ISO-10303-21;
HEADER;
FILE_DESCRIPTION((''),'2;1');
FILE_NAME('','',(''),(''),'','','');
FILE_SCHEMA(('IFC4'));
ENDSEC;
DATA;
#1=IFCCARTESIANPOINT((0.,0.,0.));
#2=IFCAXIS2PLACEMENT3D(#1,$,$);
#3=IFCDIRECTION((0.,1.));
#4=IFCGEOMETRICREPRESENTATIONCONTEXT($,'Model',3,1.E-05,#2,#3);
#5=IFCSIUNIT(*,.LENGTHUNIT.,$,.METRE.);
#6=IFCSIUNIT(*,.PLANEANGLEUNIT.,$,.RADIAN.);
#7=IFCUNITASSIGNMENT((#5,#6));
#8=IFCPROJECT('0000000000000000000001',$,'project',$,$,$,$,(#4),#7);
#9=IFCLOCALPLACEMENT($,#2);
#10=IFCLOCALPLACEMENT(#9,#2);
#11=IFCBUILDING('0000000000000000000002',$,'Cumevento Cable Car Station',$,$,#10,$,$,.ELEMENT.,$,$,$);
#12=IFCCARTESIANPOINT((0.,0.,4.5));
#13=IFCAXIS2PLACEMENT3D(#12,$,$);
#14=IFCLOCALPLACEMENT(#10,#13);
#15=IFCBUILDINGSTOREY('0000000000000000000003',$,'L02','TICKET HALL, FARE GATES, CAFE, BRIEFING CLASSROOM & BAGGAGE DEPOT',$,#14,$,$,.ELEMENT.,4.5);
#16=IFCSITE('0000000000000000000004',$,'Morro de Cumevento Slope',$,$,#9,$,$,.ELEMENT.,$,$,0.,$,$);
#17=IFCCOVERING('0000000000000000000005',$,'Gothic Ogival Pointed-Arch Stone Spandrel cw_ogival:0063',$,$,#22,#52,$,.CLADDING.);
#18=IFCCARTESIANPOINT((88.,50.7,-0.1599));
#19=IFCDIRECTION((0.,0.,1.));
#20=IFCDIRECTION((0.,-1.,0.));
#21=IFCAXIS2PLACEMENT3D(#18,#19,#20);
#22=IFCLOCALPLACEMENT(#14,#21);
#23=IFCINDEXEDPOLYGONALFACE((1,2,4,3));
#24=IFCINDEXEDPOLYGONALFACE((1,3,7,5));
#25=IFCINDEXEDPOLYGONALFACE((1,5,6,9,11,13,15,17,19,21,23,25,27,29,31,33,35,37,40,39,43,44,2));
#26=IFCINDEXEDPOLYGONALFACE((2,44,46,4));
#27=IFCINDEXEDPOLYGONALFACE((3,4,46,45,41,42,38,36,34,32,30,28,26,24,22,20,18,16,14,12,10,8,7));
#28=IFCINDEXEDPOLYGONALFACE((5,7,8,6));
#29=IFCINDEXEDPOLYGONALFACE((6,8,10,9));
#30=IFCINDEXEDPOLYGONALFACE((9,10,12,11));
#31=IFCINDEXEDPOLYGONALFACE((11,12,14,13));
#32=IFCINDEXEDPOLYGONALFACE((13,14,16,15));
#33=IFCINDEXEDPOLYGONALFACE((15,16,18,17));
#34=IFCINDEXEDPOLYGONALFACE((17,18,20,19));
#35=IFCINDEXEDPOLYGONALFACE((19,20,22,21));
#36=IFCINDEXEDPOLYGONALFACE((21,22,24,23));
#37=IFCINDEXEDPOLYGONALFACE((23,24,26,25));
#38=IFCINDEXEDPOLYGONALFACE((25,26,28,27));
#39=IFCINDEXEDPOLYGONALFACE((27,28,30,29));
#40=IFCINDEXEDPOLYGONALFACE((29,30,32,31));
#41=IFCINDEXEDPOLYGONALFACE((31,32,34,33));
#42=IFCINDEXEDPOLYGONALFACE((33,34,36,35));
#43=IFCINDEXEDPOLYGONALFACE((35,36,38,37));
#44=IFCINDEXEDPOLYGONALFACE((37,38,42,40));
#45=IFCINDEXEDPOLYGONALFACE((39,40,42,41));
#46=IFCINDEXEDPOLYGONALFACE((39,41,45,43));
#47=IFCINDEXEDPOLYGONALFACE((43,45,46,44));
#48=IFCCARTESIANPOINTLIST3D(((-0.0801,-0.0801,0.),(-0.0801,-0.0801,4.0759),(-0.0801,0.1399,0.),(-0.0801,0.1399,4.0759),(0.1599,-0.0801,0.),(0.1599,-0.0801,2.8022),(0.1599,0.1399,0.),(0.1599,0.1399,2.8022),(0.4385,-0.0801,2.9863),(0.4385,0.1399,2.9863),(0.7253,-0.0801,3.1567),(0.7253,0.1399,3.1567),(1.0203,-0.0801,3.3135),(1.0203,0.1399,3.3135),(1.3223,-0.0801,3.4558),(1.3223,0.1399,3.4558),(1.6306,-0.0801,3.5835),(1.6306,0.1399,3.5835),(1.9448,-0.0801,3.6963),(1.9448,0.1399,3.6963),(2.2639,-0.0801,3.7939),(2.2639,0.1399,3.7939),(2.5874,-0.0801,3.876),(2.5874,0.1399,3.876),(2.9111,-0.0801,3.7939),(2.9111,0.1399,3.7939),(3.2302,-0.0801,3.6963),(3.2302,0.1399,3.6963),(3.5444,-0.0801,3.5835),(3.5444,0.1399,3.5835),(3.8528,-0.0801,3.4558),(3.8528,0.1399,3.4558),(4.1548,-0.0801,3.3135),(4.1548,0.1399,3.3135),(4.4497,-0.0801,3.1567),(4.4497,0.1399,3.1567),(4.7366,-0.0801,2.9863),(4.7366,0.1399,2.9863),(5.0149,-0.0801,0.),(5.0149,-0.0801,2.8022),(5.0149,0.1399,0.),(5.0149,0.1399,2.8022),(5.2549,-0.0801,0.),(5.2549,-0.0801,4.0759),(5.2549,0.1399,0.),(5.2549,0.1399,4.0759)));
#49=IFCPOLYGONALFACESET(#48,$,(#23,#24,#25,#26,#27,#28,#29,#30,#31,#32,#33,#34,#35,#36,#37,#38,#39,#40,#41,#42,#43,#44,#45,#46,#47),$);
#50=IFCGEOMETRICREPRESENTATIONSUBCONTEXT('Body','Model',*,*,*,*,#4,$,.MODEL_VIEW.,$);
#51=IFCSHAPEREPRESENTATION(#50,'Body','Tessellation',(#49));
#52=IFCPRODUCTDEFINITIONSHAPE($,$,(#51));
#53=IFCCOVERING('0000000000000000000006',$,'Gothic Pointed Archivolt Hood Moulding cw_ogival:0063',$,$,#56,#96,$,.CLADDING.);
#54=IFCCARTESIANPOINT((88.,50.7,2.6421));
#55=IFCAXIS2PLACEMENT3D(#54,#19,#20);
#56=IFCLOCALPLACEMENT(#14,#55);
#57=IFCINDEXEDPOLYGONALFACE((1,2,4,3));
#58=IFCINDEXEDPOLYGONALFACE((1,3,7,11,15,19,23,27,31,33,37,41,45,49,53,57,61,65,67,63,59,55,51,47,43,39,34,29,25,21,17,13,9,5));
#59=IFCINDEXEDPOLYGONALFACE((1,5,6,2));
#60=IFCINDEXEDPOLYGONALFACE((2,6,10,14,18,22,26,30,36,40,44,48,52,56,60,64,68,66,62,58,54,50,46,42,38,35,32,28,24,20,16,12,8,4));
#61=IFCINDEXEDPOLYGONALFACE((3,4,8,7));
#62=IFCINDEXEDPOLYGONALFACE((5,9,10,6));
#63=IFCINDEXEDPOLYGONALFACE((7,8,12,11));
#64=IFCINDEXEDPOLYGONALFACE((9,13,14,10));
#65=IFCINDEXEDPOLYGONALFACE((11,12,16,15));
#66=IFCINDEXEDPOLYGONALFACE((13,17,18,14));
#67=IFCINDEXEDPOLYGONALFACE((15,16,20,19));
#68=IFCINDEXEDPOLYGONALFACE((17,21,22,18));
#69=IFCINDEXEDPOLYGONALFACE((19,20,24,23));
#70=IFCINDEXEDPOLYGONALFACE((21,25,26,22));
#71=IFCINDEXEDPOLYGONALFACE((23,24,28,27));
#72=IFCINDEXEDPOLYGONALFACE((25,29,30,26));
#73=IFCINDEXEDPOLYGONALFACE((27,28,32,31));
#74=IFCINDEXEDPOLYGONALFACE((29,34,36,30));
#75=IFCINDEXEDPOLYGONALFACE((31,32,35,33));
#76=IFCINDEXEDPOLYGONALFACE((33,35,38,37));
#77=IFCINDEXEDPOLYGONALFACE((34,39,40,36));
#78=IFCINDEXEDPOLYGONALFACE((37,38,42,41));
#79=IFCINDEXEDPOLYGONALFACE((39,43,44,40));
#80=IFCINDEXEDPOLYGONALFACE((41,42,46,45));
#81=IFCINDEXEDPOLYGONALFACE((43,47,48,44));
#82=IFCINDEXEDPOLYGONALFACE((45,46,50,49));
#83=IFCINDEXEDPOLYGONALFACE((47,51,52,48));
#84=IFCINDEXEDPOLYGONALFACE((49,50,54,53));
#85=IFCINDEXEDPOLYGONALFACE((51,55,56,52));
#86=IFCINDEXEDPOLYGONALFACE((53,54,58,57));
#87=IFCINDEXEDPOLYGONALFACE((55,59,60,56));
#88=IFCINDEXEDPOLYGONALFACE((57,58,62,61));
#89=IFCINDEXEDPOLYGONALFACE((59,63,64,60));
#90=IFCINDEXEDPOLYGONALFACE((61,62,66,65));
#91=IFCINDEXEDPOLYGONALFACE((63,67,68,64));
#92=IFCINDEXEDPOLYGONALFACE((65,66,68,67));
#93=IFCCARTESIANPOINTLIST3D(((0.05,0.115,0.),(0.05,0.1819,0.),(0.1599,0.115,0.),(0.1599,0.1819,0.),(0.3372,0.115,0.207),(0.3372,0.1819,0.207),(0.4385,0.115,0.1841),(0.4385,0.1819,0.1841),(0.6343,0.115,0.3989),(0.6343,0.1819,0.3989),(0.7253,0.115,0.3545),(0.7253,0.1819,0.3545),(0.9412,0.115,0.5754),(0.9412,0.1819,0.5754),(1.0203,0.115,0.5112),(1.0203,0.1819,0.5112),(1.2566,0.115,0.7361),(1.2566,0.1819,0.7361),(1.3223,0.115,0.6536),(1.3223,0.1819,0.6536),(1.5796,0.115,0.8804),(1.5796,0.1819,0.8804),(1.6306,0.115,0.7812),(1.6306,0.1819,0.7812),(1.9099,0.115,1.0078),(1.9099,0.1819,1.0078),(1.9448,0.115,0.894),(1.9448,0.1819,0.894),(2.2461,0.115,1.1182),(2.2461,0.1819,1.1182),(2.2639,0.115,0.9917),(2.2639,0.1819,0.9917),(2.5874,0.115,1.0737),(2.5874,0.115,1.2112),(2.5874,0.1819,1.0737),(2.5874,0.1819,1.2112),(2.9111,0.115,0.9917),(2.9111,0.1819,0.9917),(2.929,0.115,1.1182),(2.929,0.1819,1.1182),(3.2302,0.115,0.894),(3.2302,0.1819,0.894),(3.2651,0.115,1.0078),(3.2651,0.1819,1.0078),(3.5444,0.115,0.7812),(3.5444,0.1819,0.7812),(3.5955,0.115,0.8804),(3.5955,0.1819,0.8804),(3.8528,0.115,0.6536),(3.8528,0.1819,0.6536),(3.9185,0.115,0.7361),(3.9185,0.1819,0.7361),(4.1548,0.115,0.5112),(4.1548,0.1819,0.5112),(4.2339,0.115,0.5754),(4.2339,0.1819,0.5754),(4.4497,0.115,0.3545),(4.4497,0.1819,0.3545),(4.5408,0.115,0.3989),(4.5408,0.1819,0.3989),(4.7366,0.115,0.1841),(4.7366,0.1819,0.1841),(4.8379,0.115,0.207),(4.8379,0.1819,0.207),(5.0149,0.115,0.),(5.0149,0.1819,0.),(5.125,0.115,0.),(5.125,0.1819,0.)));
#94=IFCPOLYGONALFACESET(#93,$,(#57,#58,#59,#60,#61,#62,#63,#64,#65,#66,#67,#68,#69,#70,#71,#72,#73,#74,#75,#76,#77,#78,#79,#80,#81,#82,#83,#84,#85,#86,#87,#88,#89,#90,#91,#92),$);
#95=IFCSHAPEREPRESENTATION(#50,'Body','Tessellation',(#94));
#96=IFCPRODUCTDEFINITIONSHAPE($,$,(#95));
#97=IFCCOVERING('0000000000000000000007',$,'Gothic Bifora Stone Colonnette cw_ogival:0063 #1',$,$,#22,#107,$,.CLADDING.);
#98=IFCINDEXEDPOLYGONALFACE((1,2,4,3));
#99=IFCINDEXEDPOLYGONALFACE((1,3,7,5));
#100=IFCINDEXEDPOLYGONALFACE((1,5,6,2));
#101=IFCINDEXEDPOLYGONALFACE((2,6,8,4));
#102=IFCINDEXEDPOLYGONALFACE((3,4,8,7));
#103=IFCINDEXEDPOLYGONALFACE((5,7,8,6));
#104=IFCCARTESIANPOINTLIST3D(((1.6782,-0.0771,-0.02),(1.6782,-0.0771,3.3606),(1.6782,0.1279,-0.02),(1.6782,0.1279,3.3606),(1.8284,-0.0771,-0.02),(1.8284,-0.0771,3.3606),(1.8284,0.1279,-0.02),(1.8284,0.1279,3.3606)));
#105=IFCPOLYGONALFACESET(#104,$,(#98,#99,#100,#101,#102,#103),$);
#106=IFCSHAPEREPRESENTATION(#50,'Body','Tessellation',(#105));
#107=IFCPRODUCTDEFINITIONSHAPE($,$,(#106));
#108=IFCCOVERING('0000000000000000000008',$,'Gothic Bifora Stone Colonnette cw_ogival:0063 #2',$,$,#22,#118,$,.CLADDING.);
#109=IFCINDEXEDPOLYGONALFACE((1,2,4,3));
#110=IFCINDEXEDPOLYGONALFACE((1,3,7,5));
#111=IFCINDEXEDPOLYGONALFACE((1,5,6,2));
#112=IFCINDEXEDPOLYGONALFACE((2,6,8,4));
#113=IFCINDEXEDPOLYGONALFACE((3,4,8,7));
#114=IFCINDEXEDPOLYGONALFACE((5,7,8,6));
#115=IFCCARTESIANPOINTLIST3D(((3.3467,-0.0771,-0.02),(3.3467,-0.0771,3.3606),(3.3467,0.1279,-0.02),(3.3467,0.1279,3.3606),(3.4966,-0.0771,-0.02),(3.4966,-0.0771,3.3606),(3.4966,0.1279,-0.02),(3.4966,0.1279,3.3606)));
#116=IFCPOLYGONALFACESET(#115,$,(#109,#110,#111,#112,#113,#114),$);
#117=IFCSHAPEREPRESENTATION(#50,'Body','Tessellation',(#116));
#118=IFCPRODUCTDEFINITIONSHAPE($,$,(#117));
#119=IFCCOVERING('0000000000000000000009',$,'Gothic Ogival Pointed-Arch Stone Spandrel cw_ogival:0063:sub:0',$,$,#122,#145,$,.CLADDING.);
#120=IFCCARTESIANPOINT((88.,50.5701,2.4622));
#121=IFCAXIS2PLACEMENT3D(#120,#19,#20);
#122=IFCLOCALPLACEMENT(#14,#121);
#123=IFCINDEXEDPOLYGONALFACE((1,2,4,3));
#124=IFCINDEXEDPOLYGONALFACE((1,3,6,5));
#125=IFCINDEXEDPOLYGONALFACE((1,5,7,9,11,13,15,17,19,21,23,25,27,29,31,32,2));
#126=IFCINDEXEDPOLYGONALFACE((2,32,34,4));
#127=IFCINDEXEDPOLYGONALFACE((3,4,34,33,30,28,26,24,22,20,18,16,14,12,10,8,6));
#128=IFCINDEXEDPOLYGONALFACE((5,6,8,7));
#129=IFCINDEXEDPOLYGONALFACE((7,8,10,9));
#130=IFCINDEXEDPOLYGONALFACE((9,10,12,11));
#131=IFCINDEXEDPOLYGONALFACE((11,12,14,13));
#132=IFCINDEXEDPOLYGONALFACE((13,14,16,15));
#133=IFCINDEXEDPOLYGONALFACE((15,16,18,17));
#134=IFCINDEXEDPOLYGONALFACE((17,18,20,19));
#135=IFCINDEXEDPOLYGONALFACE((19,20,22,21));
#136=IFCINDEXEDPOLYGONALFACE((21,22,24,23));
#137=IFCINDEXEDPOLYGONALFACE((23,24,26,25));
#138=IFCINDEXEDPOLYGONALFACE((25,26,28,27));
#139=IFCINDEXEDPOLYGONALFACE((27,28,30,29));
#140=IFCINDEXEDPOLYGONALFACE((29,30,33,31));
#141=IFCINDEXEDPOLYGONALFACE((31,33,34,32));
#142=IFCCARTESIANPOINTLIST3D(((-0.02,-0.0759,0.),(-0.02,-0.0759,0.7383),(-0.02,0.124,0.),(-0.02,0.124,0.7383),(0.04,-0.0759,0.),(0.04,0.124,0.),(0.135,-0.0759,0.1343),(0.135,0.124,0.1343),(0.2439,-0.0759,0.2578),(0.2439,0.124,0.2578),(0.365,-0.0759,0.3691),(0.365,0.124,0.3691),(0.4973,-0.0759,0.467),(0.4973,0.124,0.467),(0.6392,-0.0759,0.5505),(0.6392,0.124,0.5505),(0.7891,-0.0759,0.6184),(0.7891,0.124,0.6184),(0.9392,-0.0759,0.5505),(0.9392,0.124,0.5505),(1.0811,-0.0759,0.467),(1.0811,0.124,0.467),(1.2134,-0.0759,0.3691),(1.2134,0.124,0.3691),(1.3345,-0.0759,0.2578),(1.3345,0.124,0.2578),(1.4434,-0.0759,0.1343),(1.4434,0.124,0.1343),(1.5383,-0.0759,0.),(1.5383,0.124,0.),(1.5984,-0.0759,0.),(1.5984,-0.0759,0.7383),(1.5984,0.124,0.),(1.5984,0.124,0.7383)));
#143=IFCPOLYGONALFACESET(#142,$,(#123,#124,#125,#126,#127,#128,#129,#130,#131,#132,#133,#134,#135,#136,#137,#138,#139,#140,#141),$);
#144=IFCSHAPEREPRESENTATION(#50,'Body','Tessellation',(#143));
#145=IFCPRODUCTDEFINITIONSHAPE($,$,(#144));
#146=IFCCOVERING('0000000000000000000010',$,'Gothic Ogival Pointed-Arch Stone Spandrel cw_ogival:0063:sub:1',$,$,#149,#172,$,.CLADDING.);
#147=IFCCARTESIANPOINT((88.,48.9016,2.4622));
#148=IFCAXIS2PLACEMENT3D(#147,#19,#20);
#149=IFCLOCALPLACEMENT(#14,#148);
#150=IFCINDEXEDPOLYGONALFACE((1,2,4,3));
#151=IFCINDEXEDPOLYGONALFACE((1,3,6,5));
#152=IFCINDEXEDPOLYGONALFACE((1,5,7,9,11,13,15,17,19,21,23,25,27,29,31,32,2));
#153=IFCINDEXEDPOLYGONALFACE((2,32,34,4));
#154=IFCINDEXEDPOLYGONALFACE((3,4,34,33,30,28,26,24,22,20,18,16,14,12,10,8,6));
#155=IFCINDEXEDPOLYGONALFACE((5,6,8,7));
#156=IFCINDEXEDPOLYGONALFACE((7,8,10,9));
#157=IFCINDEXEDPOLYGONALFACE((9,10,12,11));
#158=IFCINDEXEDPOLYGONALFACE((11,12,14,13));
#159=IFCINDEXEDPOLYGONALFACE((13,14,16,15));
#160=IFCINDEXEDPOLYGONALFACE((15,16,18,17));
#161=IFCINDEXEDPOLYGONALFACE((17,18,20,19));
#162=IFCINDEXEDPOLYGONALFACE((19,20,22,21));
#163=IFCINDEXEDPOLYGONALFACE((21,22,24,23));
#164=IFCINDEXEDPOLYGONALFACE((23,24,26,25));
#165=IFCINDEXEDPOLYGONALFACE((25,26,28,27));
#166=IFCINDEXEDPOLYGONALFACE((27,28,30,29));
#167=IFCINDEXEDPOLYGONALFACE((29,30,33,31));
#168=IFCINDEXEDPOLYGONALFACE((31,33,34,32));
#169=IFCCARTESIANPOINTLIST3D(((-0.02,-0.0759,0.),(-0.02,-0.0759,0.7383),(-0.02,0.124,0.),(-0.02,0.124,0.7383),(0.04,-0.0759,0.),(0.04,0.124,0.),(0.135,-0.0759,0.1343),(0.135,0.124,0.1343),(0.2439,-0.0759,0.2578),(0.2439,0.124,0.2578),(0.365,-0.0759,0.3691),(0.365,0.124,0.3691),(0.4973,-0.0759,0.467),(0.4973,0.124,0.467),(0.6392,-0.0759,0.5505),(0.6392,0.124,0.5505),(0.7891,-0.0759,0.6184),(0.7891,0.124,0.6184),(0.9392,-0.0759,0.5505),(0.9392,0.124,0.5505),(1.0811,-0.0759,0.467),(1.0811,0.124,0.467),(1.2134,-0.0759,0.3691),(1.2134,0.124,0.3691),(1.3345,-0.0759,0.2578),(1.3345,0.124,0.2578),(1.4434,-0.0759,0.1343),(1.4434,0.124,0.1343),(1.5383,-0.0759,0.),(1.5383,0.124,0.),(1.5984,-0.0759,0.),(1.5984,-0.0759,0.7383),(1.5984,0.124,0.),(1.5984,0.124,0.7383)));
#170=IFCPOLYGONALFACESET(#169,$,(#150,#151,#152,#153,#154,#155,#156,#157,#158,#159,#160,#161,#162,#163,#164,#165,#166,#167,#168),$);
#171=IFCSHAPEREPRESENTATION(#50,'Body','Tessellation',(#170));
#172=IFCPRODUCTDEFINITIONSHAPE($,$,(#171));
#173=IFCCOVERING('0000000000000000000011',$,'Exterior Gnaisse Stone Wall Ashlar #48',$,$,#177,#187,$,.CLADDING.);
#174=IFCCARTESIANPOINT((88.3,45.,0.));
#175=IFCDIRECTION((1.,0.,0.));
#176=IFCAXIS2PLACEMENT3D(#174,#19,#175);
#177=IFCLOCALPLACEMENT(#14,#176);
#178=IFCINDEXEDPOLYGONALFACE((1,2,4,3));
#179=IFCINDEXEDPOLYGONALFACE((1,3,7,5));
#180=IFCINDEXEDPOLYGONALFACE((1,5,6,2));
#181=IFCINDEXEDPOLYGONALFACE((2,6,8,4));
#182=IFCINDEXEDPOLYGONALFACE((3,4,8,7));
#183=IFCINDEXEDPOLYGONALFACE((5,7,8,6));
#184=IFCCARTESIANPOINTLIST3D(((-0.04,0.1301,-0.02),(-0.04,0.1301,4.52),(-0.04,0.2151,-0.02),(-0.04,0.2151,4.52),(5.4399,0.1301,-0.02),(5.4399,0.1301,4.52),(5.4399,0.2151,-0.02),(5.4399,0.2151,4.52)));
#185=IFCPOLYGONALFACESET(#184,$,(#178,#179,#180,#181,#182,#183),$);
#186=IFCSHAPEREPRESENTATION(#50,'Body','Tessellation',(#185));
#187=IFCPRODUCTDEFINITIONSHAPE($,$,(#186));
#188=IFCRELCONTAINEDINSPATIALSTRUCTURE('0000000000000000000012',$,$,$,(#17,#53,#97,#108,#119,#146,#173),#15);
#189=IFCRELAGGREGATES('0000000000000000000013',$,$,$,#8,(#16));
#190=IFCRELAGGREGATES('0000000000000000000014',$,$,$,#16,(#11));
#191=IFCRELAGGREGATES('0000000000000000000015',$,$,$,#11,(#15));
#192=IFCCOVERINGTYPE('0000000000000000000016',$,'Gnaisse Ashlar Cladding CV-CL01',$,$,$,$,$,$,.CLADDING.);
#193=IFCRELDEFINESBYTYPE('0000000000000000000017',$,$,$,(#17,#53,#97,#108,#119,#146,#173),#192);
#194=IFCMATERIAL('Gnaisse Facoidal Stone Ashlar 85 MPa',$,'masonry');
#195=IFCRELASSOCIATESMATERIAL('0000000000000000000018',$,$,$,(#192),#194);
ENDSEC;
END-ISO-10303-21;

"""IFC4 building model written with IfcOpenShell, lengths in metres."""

from ifc_helpers import new_model, si_unit, direction, frame, origin, place, context, subcontext, project, spatial, polyline, outline, extrude, material, type_object, element, save


model = new_model("IFC4")

# Units and contexts
model_context = context("Model", 3, precision=1e-05, world=origin(), true_north=direction((0.0, 1.0)))
body_context = subcontext(model_context, "Body", "Model", "MODEL_VIEW")
ifc_project = project(units=[si_unit("LENGTHUNIT", "METRE"), si_unit("PLANEANGLEUNIT", "RADIAN")], contexts=[model_context])

# Site, building, storey
site_placement = place(None, origin())
site = spatial("IfcSite", under=ifc_project, at=site_placement, Name="Morro de Cumevento Slope", CompositionType="ELEMENT", RefElevation=0.0)
building_placement = place(site_placement, origin())
building = spatial("IfcBuilding", under=site, at=building_placement, Name="Cumevento Cable Car Station", CompositionType="ELEMENT")
storey_placement = place(building_placement, frame((0.0, 0.0, 4.5)))
storey = spatial("IfcBuildingStorey", under=building, at=storey_placement, Name="L02", Description="TICKET HALL, FARE GATES, CAFE, BRIEFING CLASSROOM & BAGGAGE DEPOT", CompositionType="ELEMENT", Elevation=4.5)

# Coverings
ifc_material_1 = material(Name="Gnaisse Facoidal Stone Ashlar 85 MPa", Category="masonry")
covering_type = type_object("IfcCoveringType", Name="Gnaisse Ashlar Cladding CV-CL01", PredefinedType="CLADDING", material=ifc_material_1)
placement_1 = place(storey_placement, frame((88.0, 50.7, -0.1599), z_axis=(0.0, 0.0, 1.0), x_axis=(0.0, -1.0, 0.0)))
element("IfcCovering", 1, at=placement_1, inside=storey, type_object=covering_type, Name="Gothic Ogival Pointed-Arch Stone Spandrel cw_ogival:0063", PredefinedType="CLADDING", context=body_context, shape_type="SweptSolid", body=[
    extrude(outline(polyline([(-0.0801, 0.0), (-0.0801, 4.0759), (5.2549, 4.0759), (5.2549, 0.0), (5.0149, 0.0), (5.0149, 2.8022), (4.7366, 2.9863), (4.4497, 3.1567), (4.1548, 3.3135), (3.8528, 3.4558), (3.5444, 3.5835), (3.2302, 3.6963), (2.9111, 3.7939), (2.5874, 3.876), (2.2639, 3.7939), (1.9448, 3.6963), (1.6306, 3.5835), (1.3223, 3.4558), (1.0203, 3.3135), (0.7253, 3.1567), (0.4385, 2.9863), (0.1599, 2.8022), (0.1599, 0.0), (-0.0801, 0.0)])), frame((0.0, 0.1399, 0.0), z_axis=(0.0, -1.0, 0.0), x_axis=(1.0, 0.0, 0.0)), (0.0, 0.0, 1.0), 0.22),
])
covering_1_placement = place(storey_placement, frame((88.0, 50.7, 2.6421), z_axis=(0.0, 0.0, 1.0), x_axis=(0.0, -1.0, 0.0)))
element("IfcCovering", 2, at=covering_1_placement, inside=storey, type_object=covering_type, Name="Gothic Pointed Archivolt Hood Moulding cw_ogival:0063", PredefinedType="CLADDING", context=body_context, shape_type="SweptSolid", body=[
    extrude(outline(polyline([(0.1599, 0.0), (0.4385, 0.1841), (0.7253, 0.3545), (1.0203, 0.5112), (1.3223, 0.6536), (1.6306, 0.7812), (1.9448, 0.894), (2.2639, 0.9917), (2.5874, 1.0737), (2.9111, 0.9917), (3.2302, 0.894), (3.5444, 0.7812), (3.8528, 0.6536), (4.1548, 0.5112), (4.4497, 0.3545), (4.7366, 0.1841), (5.0149, 0.0), (5.125, 0.0), (4.8379, 0.207), (4.5408, 0.3989), (4.2339, 0.5754), (3.9185, 0.7361), (3.5955, 0.8804), (3.2651, 1.0078), (2.929, 1.1182), (2.5874, 1.2112), (2.2461, 1.1182), (1.9099, 1.0078), (1.5796, 0.8804), (1.2566, 0.7361), (0.9412, 0.5754), (0.6343, 0.3989), (0.3372, 0.207), (0.05, 0.0), (0.1599, 0.0)])), frame((0.0, 0.1819, 0.0), z_axis=(0.0, -1.0, 0.0), x_axis=(1.0, 0.0, 0.0)), (0.0, 0.0, 1.0), 0.0669),
])
element("IfcCovering", 3, at=placement_1, inside=storey, type_object=covering_type, Name="Gothic Bifora Stone Colonnette cw_ogival:0063 #1", PredefinedType="CLADDING", context=body_context, shape_type="SweptSolid", body=[
    extrude(outline(polyline([(1.6782, -0.02), (1.8284, -0.02), (1.8284, 3.3606), (1.6782, 3.3606), (1.6782, -0.02)])), frame((0.0, 0.1279, 0.0), z_axis=(0.0, -1.0, 0.0), x_axis=(1.0, 0.0, 0.0)), (0.0, 0.0, 1.0), 0.2051),
])
element("IfcCovering", 4, at=placement_1, inside=storey, type_object=covering_type, Name="Gothic Bifora Stone Colonnette cw_ogival:0063 #2", PredefinedType="CLADDING", context=body_context, shape_type="SweptSolid", body=[
    extrude(outline(polyline([(3.3467, -0.02), (3.4966, -0.02), (3.4966, 3.3606), (3.3467, 3.3606), (3.3467, -0.02)])), frame((0.0, 0.1279, 0.0), z_axis=(0.0, -1.0, 0.0), x_axis=(1.0, 0.0, 0.0)), (0.0, 0.0, 1.0), 0.2051),
])
for number, where, z_axis, x_axis, name in (
    (5, (88.0, 50.5701, 2.4622), (0.0, 0.0, 1.0), (0.0, -1.0, 0.0), "Gothic Ogival Pointed-Arch Stone Spandrel cw_ogival:0063:sub:0"),
    (6, (88.0, 48.9016, 2.4622), (0.0, 0.0, 1.0), (0.0, -1.0, 0.0), "Gothic Ogival Pointed-Arch Stone Spandrel cw_ogival:0063:sub:1"),
):
    element("IfcCovering", number, at=place(storey_placement, frame(where, z_axis=z_axis, x_axis=x_axis)), inside=storey, type_object=covering_type, Name=name, PredefinedType="CLADDING", context=body_context, shape_type="SweptSolid", body=[
        extrude(outline(polyline([(-0.02, 0.0), (-0.02, 0.7383), (1.5984, 0.7383), (1.5984, 0.0), (1.5383, 0.0), (1.4434, 0.1343), (1.3345, 0.2578), (1.2134, 0.3691), (1.0811, 0.467), (0.9392, 0.5505), (0.7891, 0.6184), (0.6392, 0.5505), (0.4973, 0.467), (0.365, 0.3691), (0.2439, 0.2578), (0.135, 0.1343), (0.04, 0.0), (-0.02, 0.0)])), frame((0.0, 0.124, 0.0), z_axis=(0.0, -1.0, 0.0), x_axis=(1.0, 0.0, 0.0)), (0.0, 0.0, 1.0), 0.2),
    ])
covering_2_placement = place(storey_placement, frame((88.3, 45.0, 0.0), z_axis=(0.0, 0.0, 1.0), x_axis=(1.0, 0.0, 0.0)))
element("IfcCovering", 7, at=covering_2_placement, inside=storey, type_object=covering_type, Name="Exterior Gnaisse Stone Wall Ashlar #48", PredefinedType="CLADDING", context=body_context, shape_type="SweptSolid", body=[
    extrude(outline(polyline([(-0.04, -0.02), (5.4399, -0.02), (5.4399, 4.52), (-0.04, 4.52), (-0.04, -0.02)])), frame((0.0, 0.2151, 0.0), z_axis=(0.0, -1.0, 0.0), x_axis=(1.0, 0.0, 0.0)), (0.0, 0.0, 1.0), 0.085),
])

save(model, "model.ifc")
